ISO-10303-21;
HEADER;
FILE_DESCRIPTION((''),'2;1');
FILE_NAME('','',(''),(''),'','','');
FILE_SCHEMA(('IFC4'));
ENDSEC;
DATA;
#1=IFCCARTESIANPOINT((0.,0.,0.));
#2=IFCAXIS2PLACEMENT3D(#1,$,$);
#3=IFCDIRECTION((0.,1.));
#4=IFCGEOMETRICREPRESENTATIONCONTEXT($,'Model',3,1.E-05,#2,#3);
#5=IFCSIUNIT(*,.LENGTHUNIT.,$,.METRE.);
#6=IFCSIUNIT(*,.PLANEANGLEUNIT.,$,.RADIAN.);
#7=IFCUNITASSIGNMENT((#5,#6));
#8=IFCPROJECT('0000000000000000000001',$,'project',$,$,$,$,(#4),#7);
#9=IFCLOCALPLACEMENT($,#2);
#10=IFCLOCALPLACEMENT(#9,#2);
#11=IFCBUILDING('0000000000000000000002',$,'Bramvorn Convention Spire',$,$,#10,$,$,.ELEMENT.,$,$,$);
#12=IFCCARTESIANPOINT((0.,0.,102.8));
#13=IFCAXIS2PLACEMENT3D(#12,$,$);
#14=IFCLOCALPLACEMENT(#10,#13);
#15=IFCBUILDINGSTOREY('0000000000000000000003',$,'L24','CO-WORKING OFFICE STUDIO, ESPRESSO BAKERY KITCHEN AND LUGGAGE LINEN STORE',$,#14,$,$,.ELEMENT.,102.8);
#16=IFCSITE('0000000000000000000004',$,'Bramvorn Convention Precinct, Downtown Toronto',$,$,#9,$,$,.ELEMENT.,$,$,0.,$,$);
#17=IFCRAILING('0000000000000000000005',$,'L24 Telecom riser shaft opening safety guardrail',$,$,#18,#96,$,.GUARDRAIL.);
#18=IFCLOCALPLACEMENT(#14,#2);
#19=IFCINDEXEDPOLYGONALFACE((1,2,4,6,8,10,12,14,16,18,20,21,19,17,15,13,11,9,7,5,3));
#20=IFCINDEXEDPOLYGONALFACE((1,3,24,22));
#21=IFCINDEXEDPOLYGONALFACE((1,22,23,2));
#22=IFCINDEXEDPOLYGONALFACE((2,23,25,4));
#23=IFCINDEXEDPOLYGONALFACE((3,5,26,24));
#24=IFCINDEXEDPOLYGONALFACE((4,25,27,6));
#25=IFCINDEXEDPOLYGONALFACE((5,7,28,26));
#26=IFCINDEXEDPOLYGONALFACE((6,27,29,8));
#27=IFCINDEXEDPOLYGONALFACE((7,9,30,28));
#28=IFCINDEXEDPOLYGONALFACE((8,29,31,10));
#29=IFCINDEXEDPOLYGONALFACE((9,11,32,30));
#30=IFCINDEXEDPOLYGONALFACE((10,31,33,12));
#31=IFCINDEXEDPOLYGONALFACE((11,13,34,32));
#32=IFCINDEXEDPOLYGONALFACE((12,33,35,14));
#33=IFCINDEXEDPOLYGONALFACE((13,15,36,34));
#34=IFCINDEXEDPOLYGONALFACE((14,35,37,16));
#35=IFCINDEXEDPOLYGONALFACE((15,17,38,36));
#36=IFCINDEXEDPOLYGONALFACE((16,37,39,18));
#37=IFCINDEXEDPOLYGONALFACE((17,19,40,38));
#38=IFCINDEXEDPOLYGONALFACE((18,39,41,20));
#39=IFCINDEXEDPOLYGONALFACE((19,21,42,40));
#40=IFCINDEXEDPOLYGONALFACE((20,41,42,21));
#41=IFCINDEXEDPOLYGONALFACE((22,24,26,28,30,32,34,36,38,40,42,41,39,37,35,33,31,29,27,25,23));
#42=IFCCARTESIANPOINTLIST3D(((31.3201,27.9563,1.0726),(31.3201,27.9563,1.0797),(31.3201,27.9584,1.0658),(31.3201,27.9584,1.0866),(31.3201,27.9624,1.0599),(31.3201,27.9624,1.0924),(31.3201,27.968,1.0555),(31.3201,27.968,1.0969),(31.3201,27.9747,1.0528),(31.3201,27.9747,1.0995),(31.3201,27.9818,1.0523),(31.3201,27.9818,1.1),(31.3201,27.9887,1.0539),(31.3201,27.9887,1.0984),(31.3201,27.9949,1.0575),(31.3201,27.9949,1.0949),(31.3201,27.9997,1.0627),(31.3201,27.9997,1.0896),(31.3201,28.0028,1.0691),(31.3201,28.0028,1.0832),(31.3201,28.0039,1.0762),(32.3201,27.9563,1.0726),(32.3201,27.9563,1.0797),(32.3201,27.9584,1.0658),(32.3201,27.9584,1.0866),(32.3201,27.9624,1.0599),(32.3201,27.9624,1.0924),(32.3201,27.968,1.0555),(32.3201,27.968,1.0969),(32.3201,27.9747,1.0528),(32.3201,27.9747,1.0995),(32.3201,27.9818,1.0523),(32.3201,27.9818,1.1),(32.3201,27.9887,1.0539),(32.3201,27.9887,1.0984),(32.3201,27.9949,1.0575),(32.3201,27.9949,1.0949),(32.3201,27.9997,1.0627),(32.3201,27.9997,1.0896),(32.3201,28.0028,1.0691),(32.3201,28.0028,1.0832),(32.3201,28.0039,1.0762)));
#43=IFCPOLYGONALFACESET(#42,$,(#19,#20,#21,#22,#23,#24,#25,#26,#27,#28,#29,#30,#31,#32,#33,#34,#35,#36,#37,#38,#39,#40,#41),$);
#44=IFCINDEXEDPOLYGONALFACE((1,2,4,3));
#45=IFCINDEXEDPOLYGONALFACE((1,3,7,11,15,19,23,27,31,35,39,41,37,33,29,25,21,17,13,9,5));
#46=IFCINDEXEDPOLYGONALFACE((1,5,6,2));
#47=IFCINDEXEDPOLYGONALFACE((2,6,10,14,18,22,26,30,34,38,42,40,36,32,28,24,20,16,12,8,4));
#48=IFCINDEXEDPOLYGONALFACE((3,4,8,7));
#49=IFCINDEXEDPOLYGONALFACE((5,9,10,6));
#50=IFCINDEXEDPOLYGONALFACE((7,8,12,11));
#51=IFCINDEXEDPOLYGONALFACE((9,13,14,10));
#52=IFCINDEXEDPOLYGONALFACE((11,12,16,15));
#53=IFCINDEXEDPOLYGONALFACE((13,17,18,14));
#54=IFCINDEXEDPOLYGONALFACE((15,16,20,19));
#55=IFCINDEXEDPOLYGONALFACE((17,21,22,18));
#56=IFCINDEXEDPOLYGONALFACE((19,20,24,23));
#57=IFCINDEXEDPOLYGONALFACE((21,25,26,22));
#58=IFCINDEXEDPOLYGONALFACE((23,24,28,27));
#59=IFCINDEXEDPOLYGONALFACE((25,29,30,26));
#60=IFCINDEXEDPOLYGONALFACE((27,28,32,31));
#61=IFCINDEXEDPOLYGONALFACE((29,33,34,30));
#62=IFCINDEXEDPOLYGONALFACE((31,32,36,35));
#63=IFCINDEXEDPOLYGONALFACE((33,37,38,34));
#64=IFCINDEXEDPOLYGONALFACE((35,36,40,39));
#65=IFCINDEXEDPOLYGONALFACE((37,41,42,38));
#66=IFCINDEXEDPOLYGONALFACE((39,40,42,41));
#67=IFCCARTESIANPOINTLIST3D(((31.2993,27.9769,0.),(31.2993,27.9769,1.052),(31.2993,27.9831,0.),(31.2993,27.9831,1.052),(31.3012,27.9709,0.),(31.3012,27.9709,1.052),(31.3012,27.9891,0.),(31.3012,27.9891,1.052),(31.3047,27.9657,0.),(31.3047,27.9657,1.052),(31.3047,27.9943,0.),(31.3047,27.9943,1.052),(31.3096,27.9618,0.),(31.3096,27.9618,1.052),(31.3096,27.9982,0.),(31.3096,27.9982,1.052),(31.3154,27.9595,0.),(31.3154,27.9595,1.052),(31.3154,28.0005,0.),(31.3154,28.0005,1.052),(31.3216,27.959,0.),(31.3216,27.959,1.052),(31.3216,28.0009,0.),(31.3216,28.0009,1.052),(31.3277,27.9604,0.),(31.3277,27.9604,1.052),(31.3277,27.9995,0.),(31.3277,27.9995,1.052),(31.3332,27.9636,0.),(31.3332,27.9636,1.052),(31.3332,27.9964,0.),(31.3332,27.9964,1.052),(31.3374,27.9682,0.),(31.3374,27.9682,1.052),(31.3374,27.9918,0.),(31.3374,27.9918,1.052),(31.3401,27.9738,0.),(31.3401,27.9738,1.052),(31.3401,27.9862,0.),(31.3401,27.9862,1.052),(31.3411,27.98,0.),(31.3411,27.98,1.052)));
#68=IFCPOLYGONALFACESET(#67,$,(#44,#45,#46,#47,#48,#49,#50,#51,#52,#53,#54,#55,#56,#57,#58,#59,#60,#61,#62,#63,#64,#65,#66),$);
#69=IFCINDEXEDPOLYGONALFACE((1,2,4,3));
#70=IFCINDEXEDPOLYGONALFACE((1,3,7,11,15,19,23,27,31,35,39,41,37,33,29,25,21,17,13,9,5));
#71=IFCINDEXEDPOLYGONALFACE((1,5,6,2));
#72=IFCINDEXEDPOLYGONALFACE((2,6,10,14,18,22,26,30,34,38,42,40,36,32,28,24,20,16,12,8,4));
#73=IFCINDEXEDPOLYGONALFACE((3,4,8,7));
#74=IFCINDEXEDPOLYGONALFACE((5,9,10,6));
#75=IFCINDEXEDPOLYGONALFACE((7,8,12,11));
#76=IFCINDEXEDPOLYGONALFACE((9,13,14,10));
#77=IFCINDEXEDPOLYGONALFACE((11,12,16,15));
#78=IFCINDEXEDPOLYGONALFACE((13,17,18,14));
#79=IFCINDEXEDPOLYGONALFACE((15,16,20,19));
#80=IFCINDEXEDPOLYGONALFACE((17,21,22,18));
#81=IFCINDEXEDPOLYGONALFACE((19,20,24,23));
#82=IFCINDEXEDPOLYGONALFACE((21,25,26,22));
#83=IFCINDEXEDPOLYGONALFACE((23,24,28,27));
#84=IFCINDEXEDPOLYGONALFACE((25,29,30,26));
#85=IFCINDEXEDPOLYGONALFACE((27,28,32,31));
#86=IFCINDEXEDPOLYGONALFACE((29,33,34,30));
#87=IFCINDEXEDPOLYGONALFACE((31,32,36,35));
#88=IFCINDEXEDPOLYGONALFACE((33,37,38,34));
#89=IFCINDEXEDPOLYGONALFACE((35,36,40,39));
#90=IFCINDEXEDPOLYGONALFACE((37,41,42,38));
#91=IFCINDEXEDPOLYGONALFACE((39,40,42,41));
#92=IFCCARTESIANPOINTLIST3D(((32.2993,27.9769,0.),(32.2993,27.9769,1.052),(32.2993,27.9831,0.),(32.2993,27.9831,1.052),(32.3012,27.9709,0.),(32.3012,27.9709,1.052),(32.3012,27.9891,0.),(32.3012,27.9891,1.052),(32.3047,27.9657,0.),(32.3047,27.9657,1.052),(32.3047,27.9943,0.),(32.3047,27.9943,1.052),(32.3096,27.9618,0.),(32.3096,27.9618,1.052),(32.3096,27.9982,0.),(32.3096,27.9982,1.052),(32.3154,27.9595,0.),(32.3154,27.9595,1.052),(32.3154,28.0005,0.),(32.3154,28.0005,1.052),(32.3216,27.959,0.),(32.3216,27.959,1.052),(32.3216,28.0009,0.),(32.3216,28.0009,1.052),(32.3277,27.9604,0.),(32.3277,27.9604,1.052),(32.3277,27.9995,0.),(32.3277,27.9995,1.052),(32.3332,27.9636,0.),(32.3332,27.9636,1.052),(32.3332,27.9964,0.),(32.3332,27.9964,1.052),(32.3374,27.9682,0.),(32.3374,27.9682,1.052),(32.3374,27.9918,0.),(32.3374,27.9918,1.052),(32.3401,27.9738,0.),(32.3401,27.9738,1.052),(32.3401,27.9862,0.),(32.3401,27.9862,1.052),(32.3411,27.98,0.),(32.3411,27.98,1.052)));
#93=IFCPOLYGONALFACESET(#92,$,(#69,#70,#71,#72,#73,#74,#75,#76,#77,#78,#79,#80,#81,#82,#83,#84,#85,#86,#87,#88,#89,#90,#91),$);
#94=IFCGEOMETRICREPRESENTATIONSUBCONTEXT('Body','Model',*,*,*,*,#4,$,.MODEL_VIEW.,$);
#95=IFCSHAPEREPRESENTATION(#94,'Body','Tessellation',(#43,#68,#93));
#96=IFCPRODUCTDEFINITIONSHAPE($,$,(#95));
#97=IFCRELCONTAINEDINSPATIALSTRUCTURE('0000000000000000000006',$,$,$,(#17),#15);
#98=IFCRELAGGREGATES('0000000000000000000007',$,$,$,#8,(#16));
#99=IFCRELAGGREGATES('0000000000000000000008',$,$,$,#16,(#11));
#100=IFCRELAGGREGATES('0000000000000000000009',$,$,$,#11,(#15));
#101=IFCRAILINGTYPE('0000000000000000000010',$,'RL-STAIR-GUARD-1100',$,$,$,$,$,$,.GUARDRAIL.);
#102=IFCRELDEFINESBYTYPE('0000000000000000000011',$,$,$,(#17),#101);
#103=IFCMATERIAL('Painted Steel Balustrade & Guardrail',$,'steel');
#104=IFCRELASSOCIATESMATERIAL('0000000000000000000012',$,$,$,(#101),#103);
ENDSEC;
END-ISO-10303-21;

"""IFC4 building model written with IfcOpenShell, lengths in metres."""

from ifc_helpers import new_model, si_unit, direction, frame, origin, origin_2d, place, context, subcontext, project, spatial, circle, extrude, material, type_object, element, save


model = new_model("IFC4")

# Units and contexts
model_context = context("Model", 3, precision=1e-05, world=origin(), true_north=direction((0.0, 1.0)))
body_context = subcontext(model_context, "Body", "Model", "MODEL_VIEW")
ifc_project = project(units=[si_unit("LENGTHUNIT", "METRE"), si_unit("PLANEANGLEUNIT", "RADIAN")], contexts=[model_context])

# Site, building, storey
site_placement = place(None, origin())
site = spatial("IfcSite", under=ifc_project, at=site_placement, Name="Bramvorn Convention Precinct, Downtown Toronto", CompositionType="ELEMENT", RefElevation=0.0)
building_placement = place(site_placement, origin())
building = spatial("IfcBuilding", under=site, at=building_placement, Name="Bramvorn Convention Spire", CompositionType="ELEMENT")
storey_placement = place(building_placement, frame((0.0, 0.0, 102.8)))
storey = spatial("IfcBuildingStorey", under=building, at=storey_placement, Name="L24", Description="CO-WORKING OFFICE STUDIO, ESPRESSO BAKERY KITCHEN AND LUGGAGE LINEN STORE", CompositionType="ELEMENT", Elevation=102.8)

# Railing
ifc_material_1 = material(Name="Painted Steel Balustrade & Guardrail", Category="steel")
railing_type = type_object("IfcRailingType", Name="RL-STAIR-GUARD-1100", PredefinedType="GUARDRAIL", material=ifc_material_1)
railing_placement = place(storey_placement, frame((31.3201, 27.98, 0.0)))
element("IfcRailing", 1, at=railing_placement, inside=storey, type_object=railing_type, Name="L24 Telecom riser shaft opening safety guardrail", PredefinedType="GUARDRAIL", context=body_context, shape_type="SweptSolid", body=[
    extrude(circle(Radius=0.0239, at=origin_2d()), frame((0.0, 0.0, 1.0762), z_axis=(1.0, 0.0, 0.0), x_axis=(0.0, 1.0, 0.0)), (0.0, 0.0, 1.0), 1.0),
    extrude(circle(Radius=0.021, at=origin_2d()), origin(), (0.0, 0.0, 1.0), 1.052),
    extrude(circle(Radius=0.021, at=origin_2d()), frame((1.0, 0.0, 0.0)), (0.0, 0.0, 1.0), 1.052),
])

save(model, "model.ifc")
